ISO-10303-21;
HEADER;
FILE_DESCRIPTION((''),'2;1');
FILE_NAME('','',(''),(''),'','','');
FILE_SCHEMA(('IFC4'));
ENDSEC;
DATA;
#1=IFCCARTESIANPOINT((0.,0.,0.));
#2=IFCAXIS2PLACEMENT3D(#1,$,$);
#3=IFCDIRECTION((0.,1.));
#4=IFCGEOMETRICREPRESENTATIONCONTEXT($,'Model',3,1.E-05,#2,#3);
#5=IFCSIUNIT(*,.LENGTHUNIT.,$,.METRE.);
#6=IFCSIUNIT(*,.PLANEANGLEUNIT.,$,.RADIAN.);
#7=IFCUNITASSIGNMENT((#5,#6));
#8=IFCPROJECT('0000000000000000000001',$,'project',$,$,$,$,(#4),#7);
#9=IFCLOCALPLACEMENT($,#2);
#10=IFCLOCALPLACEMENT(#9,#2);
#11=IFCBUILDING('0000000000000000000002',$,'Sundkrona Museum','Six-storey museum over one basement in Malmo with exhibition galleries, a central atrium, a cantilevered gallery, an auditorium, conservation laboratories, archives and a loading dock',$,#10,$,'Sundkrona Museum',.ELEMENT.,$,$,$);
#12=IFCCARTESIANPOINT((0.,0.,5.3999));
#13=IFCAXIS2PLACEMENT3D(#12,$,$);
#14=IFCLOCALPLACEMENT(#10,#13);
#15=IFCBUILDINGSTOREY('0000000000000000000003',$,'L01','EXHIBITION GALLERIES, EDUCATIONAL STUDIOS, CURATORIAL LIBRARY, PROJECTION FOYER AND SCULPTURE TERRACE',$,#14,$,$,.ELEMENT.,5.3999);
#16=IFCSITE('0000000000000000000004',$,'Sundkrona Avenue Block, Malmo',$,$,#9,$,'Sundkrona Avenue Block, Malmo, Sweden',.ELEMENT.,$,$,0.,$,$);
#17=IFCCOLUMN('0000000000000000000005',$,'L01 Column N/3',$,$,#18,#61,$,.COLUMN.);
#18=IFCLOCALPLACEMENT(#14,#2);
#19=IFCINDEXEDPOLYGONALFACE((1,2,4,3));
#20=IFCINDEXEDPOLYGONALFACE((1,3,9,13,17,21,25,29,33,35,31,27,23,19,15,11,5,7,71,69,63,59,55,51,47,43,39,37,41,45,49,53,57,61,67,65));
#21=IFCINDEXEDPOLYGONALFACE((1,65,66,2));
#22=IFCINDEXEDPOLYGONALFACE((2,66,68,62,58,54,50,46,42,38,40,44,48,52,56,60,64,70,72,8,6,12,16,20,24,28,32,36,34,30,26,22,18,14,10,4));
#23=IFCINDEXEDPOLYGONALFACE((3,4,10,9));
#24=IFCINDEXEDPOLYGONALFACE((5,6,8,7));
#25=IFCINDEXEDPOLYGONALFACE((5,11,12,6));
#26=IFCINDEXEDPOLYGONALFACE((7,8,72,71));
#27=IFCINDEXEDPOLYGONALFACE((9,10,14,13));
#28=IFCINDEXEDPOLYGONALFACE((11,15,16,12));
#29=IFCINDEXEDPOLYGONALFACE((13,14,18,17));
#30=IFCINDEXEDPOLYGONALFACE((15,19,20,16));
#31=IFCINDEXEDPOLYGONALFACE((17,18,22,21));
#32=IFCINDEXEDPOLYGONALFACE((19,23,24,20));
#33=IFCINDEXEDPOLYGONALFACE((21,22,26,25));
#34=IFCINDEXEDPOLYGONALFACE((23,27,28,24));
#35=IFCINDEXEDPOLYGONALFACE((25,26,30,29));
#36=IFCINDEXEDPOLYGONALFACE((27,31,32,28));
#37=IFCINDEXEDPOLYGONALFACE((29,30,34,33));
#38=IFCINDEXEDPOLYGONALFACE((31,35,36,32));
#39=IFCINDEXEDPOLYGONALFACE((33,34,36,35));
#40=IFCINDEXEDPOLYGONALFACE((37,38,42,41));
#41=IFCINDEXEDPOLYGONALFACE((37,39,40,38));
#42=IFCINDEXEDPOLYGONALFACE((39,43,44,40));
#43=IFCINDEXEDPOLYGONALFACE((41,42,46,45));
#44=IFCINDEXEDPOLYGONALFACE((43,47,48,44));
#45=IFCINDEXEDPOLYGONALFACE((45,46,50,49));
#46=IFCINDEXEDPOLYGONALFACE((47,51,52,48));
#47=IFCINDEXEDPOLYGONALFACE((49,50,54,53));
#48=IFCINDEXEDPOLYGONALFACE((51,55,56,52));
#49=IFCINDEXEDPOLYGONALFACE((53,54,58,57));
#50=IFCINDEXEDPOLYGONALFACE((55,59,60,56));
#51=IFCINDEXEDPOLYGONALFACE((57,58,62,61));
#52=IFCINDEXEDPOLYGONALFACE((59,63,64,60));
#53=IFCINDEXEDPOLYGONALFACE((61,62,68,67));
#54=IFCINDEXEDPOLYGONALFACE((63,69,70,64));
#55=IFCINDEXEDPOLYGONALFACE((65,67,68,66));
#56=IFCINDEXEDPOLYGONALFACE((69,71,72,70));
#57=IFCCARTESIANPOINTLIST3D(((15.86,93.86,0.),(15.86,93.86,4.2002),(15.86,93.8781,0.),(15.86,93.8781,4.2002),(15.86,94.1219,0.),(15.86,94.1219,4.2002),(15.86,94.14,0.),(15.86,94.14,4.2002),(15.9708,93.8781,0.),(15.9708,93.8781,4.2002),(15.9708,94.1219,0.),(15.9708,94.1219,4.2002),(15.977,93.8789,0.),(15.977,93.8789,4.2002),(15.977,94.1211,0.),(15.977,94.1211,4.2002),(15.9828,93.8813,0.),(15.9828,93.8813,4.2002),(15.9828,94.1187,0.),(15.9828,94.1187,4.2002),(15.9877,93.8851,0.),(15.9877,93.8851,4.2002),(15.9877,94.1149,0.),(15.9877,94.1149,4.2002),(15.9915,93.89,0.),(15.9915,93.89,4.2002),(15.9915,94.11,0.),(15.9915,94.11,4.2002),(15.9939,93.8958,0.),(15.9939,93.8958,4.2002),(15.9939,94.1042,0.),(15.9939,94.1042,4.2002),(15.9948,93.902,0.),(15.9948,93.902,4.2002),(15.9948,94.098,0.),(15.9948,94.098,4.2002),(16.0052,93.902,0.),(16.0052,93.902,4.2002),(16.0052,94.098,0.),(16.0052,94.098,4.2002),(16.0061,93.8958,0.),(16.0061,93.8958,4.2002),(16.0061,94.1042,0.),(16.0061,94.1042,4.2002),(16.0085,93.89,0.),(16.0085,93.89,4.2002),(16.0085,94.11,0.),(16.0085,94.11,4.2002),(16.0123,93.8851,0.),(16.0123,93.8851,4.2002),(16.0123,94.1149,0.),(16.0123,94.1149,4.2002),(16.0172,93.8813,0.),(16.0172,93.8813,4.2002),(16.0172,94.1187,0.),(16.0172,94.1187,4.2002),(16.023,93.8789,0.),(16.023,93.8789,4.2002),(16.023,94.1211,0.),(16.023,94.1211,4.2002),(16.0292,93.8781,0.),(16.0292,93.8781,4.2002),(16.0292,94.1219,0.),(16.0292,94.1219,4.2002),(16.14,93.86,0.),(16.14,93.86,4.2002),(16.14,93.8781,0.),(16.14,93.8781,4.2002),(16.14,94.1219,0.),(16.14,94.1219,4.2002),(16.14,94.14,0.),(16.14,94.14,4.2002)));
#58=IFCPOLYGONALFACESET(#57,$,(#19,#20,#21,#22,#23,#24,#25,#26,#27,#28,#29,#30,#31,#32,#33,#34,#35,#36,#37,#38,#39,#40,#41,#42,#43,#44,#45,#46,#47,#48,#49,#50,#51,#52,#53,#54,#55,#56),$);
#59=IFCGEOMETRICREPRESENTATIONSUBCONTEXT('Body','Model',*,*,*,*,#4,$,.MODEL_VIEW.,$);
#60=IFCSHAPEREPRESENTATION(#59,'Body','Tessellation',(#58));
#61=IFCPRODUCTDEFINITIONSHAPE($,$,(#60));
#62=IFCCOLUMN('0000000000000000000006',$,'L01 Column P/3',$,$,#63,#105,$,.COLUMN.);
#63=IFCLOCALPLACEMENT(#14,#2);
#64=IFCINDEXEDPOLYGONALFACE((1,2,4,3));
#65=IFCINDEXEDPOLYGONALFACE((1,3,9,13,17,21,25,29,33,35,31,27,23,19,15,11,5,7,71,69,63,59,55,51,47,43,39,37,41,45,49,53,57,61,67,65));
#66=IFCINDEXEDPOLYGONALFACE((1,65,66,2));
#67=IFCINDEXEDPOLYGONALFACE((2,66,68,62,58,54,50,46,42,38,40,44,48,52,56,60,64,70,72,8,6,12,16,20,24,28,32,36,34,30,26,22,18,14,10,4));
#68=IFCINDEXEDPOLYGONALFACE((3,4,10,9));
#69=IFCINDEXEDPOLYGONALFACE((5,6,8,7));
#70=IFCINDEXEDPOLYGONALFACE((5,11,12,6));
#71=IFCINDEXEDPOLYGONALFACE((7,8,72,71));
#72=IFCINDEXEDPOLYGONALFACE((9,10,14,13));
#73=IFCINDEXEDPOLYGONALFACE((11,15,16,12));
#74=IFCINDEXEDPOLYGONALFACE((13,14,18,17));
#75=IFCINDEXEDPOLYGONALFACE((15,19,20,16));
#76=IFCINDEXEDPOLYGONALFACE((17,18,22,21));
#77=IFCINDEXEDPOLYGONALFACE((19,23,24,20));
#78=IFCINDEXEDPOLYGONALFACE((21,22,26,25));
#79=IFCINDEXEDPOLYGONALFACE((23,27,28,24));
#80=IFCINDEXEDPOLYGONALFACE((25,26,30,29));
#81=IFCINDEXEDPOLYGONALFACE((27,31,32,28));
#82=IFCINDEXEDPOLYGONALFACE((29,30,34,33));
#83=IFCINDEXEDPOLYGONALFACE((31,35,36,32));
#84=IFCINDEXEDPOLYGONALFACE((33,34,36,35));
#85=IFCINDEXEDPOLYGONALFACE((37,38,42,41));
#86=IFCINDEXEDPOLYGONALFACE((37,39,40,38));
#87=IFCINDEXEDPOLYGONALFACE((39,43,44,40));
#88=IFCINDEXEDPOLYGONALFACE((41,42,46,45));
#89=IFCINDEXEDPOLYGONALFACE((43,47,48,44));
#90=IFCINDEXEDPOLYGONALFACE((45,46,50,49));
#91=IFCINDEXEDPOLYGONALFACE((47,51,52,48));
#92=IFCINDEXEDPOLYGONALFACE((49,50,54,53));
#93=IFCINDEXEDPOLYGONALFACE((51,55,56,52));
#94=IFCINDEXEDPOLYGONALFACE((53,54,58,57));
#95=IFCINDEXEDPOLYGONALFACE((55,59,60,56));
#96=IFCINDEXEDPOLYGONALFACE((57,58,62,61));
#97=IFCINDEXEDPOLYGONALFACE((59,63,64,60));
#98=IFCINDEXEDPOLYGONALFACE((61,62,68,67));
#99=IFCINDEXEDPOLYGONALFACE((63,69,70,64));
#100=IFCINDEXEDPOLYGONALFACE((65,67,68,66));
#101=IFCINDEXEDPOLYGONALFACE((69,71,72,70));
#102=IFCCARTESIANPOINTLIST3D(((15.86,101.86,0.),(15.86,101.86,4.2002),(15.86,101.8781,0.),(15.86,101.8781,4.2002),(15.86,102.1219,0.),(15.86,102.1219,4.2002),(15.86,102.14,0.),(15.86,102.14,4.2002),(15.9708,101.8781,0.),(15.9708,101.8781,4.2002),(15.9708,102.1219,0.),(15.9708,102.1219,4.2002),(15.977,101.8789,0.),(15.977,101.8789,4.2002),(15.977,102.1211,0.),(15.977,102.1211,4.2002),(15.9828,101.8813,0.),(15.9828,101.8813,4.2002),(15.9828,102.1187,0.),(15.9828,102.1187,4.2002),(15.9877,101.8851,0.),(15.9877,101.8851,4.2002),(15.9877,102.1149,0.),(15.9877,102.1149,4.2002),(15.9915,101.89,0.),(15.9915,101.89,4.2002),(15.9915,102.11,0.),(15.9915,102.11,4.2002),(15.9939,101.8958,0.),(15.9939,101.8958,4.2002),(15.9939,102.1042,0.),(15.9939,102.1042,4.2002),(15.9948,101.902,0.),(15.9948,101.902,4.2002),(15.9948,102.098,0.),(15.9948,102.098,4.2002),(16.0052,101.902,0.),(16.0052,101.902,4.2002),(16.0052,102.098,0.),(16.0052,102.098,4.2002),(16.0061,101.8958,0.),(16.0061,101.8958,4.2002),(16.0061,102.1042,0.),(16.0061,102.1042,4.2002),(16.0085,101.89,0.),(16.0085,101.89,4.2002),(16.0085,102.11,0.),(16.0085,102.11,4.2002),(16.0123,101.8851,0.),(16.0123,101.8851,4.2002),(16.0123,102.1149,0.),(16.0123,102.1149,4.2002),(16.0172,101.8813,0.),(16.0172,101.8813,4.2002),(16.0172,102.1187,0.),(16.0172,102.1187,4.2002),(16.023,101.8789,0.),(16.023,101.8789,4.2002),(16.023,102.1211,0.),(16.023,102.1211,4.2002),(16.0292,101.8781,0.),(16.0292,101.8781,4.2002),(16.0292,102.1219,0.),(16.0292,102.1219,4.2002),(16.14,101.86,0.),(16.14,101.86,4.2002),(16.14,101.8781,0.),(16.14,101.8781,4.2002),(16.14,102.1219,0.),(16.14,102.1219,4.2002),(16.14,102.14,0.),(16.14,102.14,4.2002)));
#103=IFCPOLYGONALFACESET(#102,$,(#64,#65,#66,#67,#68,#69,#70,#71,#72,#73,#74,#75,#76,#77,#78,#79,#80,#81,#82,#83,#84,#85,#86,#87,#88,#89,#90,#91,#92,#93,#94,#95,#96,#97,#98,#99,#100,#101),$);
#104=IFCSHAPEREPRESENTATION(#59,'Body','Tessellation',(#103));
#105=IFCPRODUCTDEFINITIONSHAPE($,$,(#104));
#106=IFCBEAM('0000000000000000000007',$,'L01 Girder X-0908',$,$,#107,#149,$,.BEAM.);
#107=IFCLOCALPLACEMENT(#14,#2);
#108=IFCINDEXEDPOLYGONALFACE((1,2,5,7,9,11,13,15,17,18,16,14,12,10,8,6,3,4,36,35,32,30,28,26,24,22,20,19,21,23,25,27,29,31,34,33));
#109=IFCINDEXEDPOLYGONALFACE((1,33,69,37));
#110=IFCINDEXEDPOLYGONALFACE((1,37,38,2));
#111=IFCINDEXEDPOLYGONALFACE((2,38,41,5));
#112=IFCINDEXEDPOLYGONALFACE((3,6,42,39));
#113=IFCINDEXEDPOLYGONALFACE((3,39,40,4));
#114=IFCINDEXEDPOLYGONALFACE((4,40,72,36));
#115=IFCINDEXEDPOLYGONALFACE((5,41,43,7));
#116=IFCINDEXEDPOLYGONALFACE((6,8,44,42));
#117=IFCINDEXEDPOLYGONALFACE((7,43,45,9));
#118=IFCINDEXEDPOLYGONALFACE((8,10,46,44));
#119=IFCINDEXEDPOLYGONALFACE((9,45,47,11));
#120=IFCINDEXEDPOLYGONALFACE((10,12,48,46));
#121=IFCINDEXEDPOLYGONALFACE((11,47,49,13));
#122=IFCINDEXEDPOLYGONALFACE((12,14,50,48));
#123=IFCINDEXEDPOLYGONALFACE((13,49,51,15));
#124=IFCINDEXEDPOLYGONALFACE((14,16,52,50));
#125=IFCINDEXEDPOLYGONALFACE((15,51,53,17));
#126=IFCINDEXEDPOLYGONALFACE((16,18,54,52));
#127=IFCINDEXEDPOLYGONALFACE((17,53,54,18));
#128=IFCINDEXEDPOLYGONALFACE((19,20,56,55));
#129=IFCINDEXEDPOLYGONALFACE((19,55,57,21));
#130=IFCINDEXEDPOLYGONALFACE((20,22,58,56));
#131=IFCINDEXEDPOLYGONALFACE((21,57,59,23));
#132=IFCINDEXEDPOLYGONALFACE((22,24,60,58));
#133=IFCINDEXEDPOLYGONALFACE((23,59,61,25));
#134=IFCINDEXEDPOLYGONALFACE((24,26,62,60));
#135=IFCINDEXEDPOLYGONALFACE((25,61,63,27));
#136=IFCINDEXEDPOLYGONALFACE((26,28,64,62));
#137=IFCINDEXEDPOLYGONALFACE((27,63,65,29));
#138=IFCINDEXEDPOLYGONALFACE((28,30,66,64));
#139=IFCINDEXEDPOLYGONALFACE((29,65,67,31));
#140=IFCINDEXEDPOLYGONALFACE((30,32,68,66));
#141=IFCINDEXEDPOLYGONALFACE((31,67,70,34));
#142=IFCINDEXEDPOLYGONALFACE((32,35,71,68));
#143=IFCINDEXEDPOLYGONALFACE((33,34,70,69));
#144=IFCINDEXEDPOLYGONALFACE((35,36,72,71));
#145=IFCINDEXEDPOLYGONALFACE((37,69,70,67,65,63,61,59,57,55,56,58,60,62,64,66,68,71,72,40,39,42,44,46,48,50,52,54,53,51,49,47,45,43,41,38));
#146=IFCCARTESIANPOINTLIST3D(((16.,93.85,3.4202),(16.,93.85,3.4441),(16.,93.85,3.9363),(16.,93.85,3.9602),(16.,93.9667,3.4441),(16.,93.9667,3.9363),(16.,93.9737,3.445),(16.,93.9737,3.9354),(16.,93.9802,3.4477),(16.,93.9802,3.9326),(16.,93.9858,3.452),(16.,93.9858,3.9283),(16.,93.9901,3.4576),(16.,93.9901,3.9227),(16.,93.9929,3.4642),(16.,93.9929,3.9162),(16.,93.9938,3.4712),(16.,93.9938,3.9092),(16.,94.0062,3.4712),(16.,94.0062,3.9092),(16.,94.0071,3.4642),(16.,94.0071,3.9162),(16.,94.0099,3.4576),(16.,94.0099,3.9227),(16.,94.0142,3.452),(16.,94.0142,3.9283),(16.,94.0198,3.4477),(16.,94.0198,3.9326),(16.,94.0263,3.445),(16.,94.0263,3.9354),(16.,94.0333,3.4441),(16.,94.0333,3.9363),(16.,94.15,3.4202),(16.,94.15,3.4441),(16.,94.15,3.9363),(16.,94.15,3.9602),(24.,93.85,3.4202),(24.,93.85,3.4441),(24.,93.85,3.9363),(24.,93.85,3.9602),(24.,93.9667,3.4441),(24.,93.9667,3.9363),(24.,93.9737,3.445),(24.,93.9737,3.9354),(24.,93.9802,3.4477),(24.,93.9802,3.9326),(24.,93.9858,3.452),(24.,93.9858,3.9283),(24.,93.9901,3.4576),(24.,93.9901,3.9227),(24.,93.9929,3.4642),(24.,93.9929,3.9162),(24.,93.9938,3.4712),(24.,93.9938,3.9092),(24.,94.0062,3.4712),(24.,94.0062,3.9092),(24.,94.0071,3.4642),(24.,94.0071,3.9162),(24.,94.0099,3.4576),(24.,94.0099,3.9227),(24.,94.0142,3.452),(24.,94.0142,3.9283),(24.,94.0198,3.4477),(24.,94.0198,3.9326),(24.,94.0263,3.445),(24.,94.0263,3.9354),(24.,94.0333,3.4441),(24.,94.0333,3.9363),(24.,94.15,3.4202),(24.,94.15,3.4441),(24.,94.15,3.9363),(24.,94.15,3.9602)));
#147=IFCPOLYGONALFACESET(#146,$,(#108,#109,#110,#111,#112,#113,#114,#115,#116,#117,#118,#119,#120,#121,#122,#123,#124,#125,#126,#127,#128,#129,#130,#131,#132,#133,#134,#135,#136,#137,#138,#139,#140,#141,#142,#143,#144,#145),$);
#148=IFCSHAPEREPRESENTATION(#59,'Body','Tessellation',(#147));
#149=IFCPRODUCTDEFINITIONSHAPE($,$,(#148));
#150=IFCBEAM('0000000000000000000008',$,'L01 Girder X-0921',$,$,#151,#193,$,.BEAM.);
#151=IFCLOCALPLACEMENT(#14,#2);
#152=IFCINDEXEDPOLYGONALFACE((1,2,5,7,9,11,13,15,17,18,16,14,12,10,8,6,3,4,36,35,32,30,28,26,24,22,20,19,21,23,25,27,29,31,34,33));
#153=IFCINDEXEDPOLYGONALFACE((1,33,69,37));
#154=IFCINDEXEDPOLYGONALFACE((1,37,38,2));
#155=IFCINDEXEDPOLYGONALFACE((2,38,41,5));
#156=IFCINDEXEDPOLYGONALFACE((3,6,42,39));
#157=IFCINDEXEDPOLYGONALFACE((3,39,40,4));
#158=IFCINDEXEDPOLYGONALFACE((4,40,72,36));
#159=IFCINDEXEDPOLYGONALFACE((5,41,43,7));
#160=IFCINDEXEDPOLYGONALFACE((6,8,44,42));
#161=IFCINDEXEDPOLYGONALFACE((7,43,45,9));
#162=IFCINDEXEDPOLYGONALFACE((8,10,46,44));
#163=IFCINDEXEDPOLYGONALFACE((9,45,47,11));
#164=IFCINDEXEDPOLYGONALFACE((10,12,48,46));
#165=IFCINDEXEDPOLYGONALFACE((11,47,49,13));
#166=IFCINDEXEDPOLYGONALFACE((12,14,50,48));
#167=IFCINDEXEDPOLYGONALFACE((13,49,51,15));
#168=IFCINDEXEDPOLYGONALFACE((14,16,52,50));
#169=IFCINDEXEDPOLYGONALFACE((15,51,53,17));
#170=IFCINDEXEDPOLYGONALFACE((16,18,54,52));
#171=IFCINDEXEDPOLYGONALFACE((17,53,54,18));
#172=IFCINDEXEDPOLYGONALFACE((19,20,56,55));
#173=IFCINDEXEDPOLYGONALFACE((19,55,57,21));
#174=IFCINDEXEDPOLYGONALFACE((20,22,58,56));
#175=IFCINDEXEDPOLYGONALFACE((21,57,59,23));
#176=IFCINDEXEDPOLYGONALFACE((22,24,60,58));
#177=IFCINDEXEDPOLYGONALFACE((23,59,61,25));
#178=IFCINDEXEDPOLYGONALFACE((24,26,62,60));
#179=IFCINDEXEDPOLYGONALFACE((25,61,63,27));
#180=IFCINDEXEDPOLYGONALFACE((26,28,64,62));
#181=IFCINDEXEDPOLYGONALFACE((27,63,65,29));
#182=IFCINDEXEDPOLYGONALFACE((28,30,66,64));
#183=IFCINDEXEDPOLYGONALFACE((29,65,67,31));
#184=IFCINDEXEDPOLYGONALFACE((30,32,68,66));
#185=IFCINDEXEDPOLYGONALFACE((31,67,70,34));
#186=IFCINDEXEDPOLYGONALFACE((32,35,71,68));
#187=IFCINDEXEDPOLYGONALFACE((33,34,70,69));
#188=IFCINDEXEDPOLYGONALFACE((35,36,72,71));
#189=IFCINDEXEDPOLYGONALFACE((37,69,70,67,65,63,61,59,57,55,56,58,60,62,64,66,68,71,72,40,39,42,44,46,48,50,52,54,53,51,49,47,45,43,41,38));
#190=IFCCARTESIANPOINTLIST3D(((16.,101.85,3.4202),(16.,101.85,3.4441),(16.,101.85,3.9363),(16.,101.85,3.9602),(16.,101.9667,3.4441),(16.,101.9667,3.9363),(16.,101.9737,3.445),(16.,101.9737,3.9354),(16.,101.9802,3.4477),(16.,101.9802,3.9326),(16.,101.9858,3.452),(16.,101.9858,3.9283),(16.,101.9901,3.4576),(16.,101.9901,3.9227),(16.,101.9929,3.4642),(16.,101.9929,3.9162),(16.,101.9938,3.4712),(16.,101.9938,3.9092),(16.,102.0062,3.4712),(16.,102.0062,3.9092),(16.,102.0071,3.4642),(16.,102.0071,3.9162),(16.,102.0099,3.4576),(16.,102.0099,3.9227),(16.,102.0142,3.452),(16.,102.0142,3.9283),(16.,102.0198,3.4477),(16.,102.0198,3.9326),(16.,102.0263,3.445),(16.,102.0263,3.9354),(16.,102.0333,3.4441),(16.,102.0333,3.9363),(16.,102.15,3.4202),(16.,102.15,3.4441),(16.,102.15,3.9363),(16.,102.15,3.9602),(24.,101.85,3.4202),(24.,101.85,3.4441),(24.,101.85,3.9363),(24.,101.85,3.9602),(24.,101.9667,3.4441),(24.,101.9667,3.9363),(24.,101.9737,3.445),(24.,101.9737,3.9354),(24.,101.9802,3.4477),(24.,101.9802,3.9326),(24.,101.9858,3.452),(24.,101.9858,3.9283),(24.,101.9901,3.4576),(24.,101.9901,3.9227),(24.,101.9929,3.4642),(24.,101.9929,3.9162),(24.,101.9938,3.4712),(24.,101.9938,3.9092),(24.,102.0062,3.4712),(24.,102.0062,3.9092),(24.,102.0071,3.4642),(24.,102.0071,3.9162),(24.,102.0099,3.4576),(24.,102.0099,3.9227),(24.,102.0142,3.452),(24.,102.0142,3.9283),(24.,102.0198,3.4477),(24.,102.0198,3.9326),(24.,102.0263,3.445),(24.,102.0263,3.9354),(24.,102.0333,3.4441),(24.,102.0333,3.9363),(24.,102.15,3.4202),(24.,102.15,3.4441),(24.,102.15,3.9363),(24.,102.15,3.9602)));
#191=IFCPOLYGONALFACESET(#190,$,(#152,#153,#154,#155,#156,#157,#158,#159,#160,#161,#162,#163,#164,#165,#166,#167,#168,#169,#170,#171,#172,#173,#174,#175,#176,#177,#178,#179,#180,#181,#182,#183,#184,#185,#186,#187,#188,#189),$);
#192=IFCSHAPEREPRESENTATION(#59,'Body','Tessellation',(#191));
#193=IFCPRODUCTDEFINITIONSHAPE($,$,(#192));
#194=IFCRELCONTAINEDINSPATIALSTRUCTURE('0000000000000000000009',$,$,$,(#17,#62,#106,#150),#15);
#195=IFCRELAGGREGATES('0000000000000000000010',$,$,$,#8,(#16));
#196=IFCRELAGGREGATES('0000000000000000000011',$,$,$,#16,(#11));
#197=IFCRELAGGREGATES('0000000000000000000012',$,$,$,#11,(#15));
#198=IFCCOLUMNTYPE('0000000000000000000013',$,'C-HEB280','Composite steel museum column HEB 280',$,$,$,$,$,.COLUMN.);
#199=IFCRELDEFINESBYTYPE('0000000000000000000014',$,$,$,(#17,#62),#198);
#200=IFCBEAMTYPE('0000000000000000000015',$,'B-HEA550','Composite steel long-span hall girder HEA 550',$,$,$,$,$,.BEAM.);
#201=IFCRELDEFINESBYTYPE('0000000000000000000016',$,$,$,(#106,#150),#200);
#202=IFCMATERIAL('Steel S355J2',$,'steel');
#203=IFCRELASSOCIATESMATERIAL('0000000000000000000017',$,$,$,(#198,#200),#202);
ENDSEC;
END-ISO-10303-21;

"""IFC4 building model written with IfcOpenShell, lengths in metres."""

from ifc_helpers import new_model, si_unit, direction, frame, origin, origin_2d, place, context, subcontext, project, spatial, i_section, extrude, material, material_profile, profile_set, type_object, element, save


model = new_model("IFC4")

# Units and contexts
model_context = context("Model", 3, precision=1e-05, world=origin(), true_north=direction((0.0, 1.0)))
body_context = subcontext(model_context, "Body", "Model", "MODEL_VIEW")
ifc_project = project(units=[si_unit("LENGTHUNIT", "METRE"), si_unit("PLANEANGLEUNIT", "RADIAN")], contexts=[model_context])

# Site, building, storey
site_placement = place(None, origin())
site = spatial("IfcSite", under=ifc_project, at=site_placement, Name="Sundkrona Avenue Block, Malmo", LongName="Sundkrona Avenue Block, Malmo, Sweden", CompositionType="ELEMENT", RefElevation=0.0)
building_placement = place(site_placement, origin())
building = spatial("IfcBuilding", under=site, at=building_placement, Name="Sundkrona Museum", Description="Six-storey museum over one basement in Malmo with exhibition galleries, a central atrium, a cantilevered gallery, an auditorium, conservation laboratories, archives and a loading dock", LongName="Sundkrona Museum", CompositionType="ELEMENT")
storey_placement = place(building_placement, frame((0.0, 0.0, 5.3999)))
storey = spatial("IfcBuildingStorey", under=building, at=storey_placement, Name="L01", Description="EXHIBITION GALLERIES, EDUCATIONAL STUDIOS, CURATORIAL LIBRARY, PROJECTION FOYER AND SCULPTURE TERRACE", CompositionType="ELEMENT", Elevation=5.3999)

# Columns
ifc_material_1 = material(Name="Steel S355J2", Category="steel")
ifc_material_profile_1 = material_profile(ifc_material_1, i_section(OverallWidth=0.28, OverallDepth=0.28, WebThickness=0.0105, FlangeThickness=0.0181, FilletRadius=0.0239, at=origin_2d()), Name="HEB 280")
ifc_profile_set_1 = profile_set([ifc_material_profile_1], Name="Steel S355J2")
column_type = type_object("IfcColumnType", Name="C-HEB280", Description="Composite steel museum column HEB 280", PredefinedType="COLUMN", material=ifc_profile_set_1)
for number, where, z_axis, x_axis, name in (
    (1, (16.0, 94.0, 0.0), (0.0, 0.0, 1.0), (1.0, 0.0, 0.0), "L01 Column N/3"),
    (2, (16.0, 102.0, 0.0), (0.0, 0.0, 1.0), (1.0, 0.0, 0.0), "L01 Column P/3"),
):
    element("IfcColumn", number, at=place(storey_placement, frame(where, z_axis=z_axis, x_axis=x_axis)), inside=storey, type_object=column_type, Name=name, PredefinedType="COLUMN", context=body_context, shape_type="SweptSolid", body=[
        extrude(i_section(OverallWidth=0.28, OverallDepth=0.28, WebThickness=0.0105, FlangeThickness=0.0181, FilletRadius=0.0239, at=origin_2d()), origin(), (0.0, 0.0, 1.0), 4.2002),
    ])

# Beams
ifc_material_profile_2 = material_profile(ifc_material_1, i_section(OverallWidth=0.3, OverallDepth=0.54, WebThickness=0.0125, FlangeThickness=0.0239, FilletRadius=0.0271, at=origin_2d()), Name="HEA 550")
ifc_profile_set_2 = profile_set([ifc_material_profile_2], Name="Steel S355J2")
beam_type_1 = type_object("IfcBeamType", Name="B-HEA550", Description="Composite steel long-span hall girder HEA 550", PredefinedType="BEAM", material=ifc_profile_set_2)
for number, where, z_axis, x_axis, name in (
    (3, (16.0, 94.0, 3.6902), (1.0, 0.0, 0.0), (0.0, 1.0, 0.0), "L01 Girder X-0908"),
    (4, (16.0, 102.0, 3.6902), (1.0, 0.0, 0.0), (0.0, 1.0, 0.0), "L01 Girder X-0921"),
):
    element("IfcBeam", number, at=place(storey_placement, frame(where, z_axis=z_axis, x_axis=x_axis)), inside=storey, type_object=beam_type_1, Name=name, PredefinedType="BEAM", context=body_context, shape_type="SweptSolid", body=[
        extrude(i_section(OverallWidth=0.3, OverallDepth=0.54, WebThickness=0.0125, FlangeThickness=0.0239, FilletRadius=0.0271, at=origin_2d()), origin(), (0.0, 0.0, 1.0), 8.0),
    ])

save(model, "model.ifc")
